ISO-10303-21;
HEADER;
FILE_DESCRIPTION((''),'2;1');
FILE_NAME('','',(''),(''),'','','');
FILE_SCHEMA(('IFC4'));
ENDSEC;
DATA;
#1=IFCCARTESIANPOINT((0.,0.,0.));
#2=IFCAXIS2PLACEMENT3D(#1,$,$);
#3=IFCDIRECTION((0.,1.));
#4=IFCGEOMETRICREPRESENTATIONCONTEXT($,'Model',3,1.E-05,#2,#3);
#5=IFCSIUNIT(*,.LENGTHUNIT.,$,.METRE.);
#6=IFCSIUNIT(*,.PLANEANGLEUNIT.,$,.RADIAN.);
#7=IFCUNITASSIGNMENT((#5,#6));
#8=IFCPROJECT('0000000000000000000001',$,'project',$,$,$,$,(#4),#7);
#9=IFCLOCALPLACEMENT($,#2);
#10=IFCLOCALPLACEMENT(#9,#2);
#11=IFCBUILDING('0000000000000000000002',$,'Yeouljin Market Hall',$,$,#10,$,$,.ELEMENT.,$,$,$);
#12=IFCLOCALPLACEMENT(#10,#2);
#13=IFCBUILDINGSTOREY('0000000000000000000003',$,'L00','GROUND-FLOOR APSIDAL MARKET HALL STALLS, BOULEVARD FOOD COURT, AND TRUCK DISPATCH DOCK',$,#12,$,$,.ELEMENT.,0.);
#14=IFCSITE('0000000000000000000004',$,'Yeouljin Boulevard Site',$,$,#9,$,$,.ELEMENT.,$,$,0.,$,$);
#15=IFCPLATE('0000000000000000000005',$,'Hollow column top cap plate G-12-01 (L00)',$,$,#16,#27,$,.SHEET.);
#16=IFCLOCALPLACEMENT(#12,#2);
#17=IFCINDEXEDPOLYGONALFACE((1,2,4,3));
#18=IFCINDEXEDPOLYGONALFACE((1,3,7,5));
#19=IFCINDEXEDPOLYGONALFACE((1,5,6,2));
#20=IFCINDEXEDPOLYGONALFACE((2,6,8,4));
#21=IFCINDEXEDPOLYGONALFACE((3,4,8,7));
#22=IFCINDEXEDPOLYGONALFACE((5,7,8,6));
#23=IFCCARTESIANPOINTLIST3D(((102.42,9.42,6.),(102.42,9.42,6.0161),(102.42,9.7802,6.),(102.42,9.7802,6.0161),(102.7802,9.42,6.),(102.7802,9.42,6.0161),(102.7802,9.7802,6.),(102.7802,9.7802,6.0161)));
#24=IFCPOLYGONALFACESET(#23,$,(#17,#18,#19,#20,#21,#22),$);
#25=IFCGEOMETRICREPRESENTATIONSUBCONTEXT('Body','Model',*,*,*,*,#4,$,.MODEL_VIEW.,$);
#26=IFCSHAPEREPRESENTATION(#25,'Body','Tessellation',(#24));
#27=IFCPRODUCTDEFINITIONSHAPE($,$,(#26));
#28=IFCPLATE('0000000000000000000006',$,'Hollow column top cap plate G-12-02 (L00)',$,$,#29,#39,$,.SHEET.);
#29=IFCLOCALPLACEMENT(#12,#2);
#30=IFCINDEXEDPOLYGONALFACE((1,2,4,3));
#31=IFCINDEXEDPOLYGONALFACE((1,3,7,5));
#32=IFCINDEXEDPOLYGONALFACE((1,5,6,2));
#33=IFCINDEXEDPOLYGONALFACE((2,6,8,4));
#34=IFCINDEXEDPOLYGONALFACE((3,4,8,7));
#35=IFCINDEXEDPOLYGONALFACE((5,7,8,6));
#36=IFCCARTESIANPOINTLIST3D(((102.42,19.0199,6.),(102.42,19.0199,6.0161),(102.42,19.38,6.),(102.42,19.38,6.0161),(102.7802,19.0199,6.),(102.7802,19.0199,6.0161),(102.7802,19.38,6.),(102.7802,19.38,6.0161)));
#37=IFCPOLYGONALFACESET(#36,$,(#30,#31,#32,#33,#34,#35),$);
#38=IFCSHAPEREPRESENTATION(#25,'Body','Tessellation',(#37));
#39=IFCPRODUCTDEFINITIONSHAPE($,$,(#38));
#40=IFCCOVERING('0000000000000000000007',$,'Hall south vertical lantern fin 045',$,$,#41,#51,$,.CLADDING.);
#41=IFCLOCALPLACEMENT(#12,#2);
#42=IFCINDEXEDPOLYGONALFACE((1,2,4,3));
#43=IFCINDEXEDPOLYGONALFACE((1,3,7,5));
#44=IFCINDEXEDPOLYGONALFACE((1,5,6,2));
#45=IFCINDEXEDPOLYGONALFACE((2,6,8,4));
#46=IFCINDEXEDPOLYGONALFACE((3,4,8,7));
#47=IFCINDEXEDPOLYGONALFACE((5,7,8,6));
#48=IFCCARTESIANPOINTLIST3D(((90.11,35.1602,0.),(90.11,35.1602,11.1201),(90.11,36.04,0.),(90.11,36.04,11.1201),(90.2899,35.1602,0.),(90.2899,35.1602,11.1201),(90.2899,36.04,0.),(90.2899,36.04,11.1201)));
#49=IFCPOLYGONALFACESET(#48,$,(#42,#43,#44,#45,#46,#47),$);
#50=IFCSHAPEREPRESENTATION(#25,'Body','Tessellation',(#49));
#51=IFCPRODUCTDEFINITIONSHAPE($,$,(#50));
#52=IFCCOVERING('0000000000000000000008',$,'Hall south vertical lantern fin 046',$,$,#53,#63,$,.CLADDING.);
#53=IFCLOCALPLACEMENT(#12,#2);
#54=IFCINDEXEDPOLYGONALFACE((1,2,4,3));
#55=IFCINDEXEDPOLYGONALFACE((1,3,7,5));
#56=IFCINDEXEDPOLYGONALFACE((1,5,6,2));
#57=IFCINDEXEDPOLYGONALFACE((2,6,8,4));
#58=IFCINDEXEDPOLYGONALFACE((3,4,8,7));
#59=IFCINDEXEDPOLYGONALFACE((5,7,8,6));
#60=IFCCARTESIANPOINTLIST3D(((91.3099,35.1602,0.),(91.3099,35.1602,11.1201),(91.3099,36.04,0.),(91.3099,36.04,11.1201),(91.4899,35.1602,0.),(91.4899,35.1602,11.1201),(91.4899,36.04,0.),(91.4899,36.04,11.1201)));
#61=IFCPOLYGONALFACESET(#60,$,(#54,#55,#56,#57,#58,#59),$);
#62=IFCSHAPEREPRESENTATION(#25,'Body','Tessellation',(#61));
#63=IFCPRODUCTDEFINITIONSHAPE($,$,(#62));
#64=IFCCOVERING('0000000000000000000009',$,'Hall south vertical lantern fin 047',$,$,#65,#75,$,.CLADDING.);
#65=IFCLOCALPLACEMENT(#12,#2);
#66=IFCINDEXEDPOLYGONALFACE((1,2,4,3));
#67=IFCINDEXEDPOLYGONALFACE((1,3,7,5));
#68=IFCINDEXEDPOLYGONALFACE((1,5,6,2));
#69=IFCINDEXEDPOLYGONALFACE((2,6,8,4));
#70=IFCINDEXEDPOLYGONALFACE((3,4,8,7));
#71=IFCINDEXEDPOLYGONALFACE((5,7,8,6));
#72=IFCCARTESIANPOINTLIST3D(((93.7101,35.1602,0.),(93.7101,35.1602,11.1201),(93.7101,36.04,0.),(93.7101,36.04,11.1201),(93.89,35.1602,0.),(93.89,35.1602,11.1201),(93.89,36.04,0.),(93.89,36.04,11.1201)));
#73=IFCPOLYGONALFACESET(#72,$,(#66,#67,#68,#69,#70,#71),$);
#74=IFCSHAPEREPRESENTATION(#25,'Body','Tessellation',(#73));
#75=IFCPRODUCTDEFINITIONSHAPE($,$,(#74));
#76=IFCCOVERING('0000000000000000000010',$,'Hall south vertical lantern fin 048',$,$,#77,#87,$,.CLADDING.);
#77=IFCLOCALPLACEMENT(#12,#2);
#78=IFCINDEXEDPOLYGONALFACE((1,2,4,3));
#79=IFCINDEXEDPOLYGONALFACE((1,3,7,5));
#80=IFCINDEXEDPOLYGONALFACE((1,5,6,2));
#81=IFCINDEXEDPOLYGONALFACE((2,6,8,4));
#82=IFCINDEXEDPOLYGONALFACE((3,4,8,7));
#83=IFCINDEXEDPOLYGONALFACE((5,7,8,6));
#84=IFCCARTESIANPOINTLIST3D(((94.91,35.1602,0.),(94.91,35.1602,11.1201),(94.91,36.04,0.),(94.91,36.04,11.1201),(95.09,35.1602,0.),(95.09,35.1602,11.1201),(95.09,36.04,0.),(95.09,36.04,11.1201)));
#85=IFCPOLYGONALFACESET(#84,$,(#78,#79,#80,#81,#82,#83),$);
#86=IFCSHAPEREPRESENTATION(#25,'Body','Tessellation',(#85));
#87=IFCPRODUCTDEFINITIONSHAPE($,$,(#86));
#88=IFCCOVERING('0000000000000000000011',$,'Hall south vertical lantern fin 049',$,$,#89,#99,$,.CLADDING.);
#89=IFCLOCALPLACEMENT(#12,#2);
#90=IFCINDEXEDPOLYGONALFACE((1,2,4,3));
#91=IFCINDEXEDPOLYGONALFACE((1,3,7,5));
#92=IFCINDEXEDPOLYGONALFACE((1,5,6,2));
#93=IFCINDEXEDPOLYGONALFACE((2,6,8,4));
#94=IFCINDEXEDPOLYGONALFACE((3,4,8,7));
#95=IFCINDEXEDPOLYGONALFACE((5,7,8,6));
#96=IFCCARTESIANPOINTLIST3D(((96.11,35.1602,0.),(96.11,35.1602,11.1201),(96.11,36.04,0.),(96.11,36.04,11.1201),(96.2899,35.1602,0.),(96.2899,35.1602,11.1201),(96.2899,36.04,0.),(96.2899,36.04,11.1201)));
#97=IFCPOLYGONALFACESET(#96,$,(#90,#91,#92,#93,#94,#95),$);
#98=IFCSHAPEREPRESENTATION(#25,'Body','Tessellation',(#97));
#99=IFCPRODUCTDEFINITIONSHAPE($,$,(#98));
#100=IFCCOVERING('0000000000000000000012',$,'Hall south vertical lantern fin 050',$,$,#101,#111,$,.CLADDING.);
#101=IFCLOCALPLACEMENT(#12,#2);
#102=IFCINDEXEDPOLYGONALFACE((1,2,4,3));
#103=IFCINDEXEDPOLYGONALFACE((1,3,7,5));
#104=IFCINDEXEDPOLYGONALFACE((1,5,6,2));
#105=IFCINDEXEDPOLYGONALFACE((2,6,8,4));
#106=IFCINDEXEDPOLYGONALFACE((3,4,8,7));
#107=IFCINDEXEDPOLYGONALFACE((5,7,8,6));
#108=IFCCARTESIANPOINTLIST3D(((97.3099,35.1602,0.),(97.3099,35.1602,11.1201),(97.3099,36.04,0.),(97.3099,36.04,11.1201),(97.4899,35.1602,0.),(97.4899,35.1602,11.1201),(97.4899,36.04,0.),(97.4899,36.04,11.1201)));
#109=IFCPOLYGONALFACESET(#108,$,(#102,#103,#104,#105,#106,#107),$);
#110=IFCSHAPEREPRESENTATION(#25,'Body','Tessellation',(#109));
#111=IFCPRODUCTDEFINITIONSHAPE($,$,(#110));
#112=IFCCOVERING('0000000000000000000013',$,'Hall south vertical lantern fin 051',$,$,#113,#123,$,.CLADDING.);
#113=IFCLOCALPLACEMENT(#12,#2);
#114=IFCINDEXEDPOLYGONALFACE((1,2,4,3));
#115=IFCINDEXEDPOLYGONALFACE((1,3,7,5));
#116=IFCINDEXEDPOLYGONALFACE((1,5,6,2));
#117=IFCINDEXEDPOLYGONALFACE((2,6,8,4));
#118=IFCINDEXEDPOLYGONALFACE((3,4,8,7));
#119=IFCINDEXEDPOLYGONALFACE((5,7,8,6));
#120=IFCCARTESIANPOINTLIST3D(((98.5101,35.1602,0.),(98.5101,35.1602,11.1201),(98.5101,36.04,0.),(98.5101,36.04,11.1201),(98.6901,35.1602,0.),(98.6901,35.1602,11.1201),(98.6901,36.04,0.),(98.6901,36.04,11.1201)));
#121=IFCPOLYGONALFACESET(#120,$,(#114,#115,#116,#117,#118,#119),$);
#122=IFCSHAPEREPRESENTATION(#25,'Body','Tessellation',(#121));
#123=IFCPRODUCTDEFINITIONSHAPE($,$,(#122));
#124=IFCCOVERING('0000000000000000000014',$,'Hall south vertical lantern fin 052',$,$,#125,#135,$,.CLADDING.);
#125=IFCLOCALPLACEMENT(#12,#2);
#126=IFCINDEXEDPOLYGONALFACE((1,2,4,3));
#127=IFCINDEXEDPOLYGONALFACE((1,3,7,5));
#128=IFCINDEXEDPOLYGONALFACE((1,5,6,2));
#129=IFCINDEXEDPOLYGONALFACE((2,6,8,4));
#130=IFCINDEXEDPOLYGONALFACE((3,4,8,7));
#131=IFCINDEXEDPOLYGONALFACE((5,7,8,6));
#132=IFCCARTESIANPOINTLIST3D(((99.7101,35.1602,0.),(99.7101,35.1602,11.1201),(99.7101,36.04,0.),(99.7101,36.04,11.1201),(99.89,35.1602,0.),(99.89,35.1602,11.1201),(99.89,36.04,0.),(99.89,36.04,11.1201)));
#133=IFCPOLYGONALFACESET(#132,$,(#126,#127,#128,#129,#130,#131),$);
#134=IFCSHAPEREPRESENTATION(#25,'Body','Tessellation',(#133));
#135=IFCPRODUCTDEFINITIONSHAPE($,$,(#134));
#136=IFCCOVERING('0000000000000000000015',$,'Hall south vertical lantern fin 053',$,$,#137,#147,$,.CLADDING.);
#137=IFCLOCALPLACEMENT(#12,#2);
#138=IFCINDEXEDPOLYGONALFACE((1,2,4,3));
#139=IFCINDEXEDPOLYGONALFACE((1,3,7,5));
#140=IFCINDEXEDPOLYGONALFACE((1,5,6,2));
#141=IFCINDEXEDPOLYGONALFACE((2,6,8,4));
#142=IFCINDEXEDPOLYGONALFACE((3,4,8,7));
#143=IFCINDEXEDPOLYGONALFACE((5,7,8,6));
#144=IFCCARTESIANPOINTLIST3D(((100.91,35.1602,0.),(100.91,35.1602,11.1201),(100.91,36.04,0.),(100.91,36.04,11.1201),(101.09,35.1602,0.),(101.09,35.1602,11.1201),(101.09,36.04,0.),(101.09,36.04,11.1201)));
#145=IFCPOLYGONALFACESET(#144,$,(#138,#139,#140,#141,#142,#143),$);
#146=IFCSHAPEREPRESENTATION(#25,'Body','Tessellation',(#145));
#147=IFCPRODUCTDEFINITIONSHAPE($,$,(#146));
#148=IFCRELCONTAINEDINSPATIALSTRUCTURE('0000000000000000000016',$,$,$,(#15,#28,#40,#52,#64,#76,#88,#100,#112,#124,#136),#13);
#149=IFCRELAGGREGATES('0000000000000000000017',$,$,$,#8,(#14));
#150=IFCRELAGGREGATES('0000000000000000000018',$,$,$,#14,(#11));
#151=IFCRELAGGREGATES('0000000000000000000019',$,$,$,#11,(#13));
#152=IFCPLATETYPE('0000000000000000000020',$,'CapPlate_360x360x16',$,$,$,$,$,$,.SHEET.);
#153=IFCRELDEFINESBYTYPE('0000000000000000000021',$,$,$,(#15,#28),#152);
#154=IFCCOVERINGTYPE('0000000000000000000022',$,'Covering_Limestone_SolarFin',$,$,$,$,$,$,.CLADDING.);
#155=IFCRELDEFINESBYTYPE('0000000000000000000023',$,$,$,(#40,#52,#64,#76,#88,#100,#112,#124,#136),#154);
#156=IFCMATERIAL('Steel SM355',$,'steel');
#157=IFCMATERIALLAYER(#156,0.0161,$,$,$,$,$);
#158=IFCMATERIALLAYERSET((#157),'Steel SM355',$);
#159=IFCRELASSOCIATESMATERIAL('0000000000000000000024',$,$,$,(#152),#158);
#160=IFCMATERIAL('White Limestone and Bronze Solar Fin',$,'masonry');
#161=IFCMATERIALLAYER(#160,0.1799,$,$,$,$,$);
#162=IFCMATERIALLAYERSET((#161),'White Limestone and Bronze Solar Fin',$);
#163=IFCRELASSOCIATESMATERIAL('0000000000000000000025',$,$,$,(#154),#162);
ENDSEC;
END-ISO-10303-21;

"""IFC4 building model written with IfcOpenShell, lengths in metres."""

from ifc_helpers import new_model, si_unit, direction, frame, origin, origin_2d, place, context, subcontext, project, spatial, rectangle, extrude, material, layer, layer_set, type_object, element, save


model = new_model("IFC4")

# Units and contexts
model_context = context("Model", 3, precision=1e-05, world=origin(), true_north=direction((0.0, 1.0)))
body_context = subcontext(model_context, "Body", "Model", "MODEL_VIEW")
ifc_project = project(units=[si_unit("LENGTHUNIT", "METRE"), si_unit("PLANEANGLEUNIT", "RADIAN")], contexts=[model_context])

# Site, building, storey
site_placement = place(None, origin())
site = spatial("IfcSite", under=ifc_project, at=site_placement, Name="Yeouljin Boulevard Site", CompositionType="ELEMENT", RefElevation=0.0)
building_placement = place(site_placement, origin())
building = spatial("IfcBuilding", under=site, at=building_placement, Name="Yeouljin Market Hall", CompositionType="ELEMENT")
storey_placement = place(building_placement, origin())
storey = spatial("IfcBuildingStorey", under=building, at=storey_placement, Name="L00", Description="GROUND-FLOOR APSIDAL MARKET HALL STALLS, BOULEVARD FOOD COURT, AND TRUCK DISPATCH DOCK", CompositionType="ELEMENT", Elevation=0.0)

# Plates
ifc_material_1 = material(Name="Steel SM355", Category="steel")
ifc_layer_1 = layer(ifc_material_1, 0.0161)
ifc_layer_set_1 = layer_set([ifc_layer_1], Name="Steel SM355")
plate_type_1 = type_object("IfcPlateType", Name="CapPlate_360x360x16", PredefinedType="SHEET", material=ifc_layer_set_1)
for number, where, z_axis, x_axis, name in (
    (1, (102.6001, 9.6001, 6.0), (0.0, 0.0, 1.0), (1.0, 0.0, 0.0), "Hollow column top cap plate G-12-01 (L00)"),
    (2, (102.6001, 19.2, 6.0), (0.0, 0.0, 1.0), (1.0, 0.0, 0.0), "Hollow column top cap plate G-12-02 (L00)"),
):
    element("IfcPlate", number, at=place(storey_placement, frame(where, z_axis=z_axis, x_axis=x_axis)), inside=storey, type_object=plate_type_1, Name=name, PredefinedType="SHEET", context=body_context, shape_type="SweptSolid", body=[
        extrude(rectangle(XDim=0.3601, YDim=0.3601, at=origin_2d()), origin(), (0.0, 0.0, 1.0), 0.0161),
    ])

# Coverings
ifc_material_2 = material(Name="White Limestone and Bronze Solar Fin", Category="masonry")
ifc_layer_2 = layer(ifc_material_2, 0.1799)
ifc_layer_set_2 = layer_set([ifc_layer_2], Name="White Limestone and Bronze Solar Fin")
covering_type = type_object("IfcCoveringType", Name="Covering_Limestone_SolarFin", PredefinedType="CLADDING", material=ifc_layer_set_2)
for number, where, z_axis, x_axis, name in (
    (3, (90.2, 35.6001, 0.0), (0.0, 0.0, 1.0), (1.0, 0.0, 0.0), "Hall south vertical lantern fin 045"),
    (4, (91.3999, 35.6001, 0.0), (0.0, 0.0, 1.0), (1.0, 0.0, 0.0), "Hall south vertical lantern fin 046"),
    (5, (93.8, 35.6001, 0.0), (0.0, 0.0, 1.0), (1.0, 0.0, 0.0), "Hall south vertical lantern fin 047"),
    (6, (95.0, 35.6001, 0.0), (0.0, 0.0, 1.0), (1.0, 0.0, 0.0), "Hall south vertical lantern fin 048"),
    (7, (96.2, 35.6001, 0.0), (0.0, 0.0, 1.0), (1.0, 0.0, 0.0), "Hall south vertical lantern fin 049"),
    (8, (97.3999, 35.6001, 0.0), (0.0, 0.0, 1.0), (1.0, 0.0, 0.0), "Hall south vertical lantern fin 050"),
    (9, (98.6001, 35.6001, 0.0), (0.0, 0.0, 1.0), (1.0, 0.0, 0.0), "Hall south vertical lantern fin 051"),
    (10, (99.8, 35.6001, 0.0), (0.0, 0.0, 1.0), (1.0, 0.0, 0.0), "Hall south vertical lantern fin 052"),
    (11, (101.0, 35.6001, 0.0), (0.0, 0.0, 1.0), (1.0, 0.0, 0.0), "Hall south vertical lantern fin 053"),
):
    element("IfcCovering", number, at=place(storey_placement, frame(where, z_axis=z_axis, x_axis=x_axis)), inside=storey, type_object=covering_type, Name=name, PredefinedType="CLADDING", context=body_context, shape_type="SweptSolid", body=[
        extrude(rectangle(XDim=0.1799, YDim=0.8799, at=origin_2d()), origin(), (0.0, 0.0, 1.0), 11.1201),
    ])

save(model, "model.ifc")
